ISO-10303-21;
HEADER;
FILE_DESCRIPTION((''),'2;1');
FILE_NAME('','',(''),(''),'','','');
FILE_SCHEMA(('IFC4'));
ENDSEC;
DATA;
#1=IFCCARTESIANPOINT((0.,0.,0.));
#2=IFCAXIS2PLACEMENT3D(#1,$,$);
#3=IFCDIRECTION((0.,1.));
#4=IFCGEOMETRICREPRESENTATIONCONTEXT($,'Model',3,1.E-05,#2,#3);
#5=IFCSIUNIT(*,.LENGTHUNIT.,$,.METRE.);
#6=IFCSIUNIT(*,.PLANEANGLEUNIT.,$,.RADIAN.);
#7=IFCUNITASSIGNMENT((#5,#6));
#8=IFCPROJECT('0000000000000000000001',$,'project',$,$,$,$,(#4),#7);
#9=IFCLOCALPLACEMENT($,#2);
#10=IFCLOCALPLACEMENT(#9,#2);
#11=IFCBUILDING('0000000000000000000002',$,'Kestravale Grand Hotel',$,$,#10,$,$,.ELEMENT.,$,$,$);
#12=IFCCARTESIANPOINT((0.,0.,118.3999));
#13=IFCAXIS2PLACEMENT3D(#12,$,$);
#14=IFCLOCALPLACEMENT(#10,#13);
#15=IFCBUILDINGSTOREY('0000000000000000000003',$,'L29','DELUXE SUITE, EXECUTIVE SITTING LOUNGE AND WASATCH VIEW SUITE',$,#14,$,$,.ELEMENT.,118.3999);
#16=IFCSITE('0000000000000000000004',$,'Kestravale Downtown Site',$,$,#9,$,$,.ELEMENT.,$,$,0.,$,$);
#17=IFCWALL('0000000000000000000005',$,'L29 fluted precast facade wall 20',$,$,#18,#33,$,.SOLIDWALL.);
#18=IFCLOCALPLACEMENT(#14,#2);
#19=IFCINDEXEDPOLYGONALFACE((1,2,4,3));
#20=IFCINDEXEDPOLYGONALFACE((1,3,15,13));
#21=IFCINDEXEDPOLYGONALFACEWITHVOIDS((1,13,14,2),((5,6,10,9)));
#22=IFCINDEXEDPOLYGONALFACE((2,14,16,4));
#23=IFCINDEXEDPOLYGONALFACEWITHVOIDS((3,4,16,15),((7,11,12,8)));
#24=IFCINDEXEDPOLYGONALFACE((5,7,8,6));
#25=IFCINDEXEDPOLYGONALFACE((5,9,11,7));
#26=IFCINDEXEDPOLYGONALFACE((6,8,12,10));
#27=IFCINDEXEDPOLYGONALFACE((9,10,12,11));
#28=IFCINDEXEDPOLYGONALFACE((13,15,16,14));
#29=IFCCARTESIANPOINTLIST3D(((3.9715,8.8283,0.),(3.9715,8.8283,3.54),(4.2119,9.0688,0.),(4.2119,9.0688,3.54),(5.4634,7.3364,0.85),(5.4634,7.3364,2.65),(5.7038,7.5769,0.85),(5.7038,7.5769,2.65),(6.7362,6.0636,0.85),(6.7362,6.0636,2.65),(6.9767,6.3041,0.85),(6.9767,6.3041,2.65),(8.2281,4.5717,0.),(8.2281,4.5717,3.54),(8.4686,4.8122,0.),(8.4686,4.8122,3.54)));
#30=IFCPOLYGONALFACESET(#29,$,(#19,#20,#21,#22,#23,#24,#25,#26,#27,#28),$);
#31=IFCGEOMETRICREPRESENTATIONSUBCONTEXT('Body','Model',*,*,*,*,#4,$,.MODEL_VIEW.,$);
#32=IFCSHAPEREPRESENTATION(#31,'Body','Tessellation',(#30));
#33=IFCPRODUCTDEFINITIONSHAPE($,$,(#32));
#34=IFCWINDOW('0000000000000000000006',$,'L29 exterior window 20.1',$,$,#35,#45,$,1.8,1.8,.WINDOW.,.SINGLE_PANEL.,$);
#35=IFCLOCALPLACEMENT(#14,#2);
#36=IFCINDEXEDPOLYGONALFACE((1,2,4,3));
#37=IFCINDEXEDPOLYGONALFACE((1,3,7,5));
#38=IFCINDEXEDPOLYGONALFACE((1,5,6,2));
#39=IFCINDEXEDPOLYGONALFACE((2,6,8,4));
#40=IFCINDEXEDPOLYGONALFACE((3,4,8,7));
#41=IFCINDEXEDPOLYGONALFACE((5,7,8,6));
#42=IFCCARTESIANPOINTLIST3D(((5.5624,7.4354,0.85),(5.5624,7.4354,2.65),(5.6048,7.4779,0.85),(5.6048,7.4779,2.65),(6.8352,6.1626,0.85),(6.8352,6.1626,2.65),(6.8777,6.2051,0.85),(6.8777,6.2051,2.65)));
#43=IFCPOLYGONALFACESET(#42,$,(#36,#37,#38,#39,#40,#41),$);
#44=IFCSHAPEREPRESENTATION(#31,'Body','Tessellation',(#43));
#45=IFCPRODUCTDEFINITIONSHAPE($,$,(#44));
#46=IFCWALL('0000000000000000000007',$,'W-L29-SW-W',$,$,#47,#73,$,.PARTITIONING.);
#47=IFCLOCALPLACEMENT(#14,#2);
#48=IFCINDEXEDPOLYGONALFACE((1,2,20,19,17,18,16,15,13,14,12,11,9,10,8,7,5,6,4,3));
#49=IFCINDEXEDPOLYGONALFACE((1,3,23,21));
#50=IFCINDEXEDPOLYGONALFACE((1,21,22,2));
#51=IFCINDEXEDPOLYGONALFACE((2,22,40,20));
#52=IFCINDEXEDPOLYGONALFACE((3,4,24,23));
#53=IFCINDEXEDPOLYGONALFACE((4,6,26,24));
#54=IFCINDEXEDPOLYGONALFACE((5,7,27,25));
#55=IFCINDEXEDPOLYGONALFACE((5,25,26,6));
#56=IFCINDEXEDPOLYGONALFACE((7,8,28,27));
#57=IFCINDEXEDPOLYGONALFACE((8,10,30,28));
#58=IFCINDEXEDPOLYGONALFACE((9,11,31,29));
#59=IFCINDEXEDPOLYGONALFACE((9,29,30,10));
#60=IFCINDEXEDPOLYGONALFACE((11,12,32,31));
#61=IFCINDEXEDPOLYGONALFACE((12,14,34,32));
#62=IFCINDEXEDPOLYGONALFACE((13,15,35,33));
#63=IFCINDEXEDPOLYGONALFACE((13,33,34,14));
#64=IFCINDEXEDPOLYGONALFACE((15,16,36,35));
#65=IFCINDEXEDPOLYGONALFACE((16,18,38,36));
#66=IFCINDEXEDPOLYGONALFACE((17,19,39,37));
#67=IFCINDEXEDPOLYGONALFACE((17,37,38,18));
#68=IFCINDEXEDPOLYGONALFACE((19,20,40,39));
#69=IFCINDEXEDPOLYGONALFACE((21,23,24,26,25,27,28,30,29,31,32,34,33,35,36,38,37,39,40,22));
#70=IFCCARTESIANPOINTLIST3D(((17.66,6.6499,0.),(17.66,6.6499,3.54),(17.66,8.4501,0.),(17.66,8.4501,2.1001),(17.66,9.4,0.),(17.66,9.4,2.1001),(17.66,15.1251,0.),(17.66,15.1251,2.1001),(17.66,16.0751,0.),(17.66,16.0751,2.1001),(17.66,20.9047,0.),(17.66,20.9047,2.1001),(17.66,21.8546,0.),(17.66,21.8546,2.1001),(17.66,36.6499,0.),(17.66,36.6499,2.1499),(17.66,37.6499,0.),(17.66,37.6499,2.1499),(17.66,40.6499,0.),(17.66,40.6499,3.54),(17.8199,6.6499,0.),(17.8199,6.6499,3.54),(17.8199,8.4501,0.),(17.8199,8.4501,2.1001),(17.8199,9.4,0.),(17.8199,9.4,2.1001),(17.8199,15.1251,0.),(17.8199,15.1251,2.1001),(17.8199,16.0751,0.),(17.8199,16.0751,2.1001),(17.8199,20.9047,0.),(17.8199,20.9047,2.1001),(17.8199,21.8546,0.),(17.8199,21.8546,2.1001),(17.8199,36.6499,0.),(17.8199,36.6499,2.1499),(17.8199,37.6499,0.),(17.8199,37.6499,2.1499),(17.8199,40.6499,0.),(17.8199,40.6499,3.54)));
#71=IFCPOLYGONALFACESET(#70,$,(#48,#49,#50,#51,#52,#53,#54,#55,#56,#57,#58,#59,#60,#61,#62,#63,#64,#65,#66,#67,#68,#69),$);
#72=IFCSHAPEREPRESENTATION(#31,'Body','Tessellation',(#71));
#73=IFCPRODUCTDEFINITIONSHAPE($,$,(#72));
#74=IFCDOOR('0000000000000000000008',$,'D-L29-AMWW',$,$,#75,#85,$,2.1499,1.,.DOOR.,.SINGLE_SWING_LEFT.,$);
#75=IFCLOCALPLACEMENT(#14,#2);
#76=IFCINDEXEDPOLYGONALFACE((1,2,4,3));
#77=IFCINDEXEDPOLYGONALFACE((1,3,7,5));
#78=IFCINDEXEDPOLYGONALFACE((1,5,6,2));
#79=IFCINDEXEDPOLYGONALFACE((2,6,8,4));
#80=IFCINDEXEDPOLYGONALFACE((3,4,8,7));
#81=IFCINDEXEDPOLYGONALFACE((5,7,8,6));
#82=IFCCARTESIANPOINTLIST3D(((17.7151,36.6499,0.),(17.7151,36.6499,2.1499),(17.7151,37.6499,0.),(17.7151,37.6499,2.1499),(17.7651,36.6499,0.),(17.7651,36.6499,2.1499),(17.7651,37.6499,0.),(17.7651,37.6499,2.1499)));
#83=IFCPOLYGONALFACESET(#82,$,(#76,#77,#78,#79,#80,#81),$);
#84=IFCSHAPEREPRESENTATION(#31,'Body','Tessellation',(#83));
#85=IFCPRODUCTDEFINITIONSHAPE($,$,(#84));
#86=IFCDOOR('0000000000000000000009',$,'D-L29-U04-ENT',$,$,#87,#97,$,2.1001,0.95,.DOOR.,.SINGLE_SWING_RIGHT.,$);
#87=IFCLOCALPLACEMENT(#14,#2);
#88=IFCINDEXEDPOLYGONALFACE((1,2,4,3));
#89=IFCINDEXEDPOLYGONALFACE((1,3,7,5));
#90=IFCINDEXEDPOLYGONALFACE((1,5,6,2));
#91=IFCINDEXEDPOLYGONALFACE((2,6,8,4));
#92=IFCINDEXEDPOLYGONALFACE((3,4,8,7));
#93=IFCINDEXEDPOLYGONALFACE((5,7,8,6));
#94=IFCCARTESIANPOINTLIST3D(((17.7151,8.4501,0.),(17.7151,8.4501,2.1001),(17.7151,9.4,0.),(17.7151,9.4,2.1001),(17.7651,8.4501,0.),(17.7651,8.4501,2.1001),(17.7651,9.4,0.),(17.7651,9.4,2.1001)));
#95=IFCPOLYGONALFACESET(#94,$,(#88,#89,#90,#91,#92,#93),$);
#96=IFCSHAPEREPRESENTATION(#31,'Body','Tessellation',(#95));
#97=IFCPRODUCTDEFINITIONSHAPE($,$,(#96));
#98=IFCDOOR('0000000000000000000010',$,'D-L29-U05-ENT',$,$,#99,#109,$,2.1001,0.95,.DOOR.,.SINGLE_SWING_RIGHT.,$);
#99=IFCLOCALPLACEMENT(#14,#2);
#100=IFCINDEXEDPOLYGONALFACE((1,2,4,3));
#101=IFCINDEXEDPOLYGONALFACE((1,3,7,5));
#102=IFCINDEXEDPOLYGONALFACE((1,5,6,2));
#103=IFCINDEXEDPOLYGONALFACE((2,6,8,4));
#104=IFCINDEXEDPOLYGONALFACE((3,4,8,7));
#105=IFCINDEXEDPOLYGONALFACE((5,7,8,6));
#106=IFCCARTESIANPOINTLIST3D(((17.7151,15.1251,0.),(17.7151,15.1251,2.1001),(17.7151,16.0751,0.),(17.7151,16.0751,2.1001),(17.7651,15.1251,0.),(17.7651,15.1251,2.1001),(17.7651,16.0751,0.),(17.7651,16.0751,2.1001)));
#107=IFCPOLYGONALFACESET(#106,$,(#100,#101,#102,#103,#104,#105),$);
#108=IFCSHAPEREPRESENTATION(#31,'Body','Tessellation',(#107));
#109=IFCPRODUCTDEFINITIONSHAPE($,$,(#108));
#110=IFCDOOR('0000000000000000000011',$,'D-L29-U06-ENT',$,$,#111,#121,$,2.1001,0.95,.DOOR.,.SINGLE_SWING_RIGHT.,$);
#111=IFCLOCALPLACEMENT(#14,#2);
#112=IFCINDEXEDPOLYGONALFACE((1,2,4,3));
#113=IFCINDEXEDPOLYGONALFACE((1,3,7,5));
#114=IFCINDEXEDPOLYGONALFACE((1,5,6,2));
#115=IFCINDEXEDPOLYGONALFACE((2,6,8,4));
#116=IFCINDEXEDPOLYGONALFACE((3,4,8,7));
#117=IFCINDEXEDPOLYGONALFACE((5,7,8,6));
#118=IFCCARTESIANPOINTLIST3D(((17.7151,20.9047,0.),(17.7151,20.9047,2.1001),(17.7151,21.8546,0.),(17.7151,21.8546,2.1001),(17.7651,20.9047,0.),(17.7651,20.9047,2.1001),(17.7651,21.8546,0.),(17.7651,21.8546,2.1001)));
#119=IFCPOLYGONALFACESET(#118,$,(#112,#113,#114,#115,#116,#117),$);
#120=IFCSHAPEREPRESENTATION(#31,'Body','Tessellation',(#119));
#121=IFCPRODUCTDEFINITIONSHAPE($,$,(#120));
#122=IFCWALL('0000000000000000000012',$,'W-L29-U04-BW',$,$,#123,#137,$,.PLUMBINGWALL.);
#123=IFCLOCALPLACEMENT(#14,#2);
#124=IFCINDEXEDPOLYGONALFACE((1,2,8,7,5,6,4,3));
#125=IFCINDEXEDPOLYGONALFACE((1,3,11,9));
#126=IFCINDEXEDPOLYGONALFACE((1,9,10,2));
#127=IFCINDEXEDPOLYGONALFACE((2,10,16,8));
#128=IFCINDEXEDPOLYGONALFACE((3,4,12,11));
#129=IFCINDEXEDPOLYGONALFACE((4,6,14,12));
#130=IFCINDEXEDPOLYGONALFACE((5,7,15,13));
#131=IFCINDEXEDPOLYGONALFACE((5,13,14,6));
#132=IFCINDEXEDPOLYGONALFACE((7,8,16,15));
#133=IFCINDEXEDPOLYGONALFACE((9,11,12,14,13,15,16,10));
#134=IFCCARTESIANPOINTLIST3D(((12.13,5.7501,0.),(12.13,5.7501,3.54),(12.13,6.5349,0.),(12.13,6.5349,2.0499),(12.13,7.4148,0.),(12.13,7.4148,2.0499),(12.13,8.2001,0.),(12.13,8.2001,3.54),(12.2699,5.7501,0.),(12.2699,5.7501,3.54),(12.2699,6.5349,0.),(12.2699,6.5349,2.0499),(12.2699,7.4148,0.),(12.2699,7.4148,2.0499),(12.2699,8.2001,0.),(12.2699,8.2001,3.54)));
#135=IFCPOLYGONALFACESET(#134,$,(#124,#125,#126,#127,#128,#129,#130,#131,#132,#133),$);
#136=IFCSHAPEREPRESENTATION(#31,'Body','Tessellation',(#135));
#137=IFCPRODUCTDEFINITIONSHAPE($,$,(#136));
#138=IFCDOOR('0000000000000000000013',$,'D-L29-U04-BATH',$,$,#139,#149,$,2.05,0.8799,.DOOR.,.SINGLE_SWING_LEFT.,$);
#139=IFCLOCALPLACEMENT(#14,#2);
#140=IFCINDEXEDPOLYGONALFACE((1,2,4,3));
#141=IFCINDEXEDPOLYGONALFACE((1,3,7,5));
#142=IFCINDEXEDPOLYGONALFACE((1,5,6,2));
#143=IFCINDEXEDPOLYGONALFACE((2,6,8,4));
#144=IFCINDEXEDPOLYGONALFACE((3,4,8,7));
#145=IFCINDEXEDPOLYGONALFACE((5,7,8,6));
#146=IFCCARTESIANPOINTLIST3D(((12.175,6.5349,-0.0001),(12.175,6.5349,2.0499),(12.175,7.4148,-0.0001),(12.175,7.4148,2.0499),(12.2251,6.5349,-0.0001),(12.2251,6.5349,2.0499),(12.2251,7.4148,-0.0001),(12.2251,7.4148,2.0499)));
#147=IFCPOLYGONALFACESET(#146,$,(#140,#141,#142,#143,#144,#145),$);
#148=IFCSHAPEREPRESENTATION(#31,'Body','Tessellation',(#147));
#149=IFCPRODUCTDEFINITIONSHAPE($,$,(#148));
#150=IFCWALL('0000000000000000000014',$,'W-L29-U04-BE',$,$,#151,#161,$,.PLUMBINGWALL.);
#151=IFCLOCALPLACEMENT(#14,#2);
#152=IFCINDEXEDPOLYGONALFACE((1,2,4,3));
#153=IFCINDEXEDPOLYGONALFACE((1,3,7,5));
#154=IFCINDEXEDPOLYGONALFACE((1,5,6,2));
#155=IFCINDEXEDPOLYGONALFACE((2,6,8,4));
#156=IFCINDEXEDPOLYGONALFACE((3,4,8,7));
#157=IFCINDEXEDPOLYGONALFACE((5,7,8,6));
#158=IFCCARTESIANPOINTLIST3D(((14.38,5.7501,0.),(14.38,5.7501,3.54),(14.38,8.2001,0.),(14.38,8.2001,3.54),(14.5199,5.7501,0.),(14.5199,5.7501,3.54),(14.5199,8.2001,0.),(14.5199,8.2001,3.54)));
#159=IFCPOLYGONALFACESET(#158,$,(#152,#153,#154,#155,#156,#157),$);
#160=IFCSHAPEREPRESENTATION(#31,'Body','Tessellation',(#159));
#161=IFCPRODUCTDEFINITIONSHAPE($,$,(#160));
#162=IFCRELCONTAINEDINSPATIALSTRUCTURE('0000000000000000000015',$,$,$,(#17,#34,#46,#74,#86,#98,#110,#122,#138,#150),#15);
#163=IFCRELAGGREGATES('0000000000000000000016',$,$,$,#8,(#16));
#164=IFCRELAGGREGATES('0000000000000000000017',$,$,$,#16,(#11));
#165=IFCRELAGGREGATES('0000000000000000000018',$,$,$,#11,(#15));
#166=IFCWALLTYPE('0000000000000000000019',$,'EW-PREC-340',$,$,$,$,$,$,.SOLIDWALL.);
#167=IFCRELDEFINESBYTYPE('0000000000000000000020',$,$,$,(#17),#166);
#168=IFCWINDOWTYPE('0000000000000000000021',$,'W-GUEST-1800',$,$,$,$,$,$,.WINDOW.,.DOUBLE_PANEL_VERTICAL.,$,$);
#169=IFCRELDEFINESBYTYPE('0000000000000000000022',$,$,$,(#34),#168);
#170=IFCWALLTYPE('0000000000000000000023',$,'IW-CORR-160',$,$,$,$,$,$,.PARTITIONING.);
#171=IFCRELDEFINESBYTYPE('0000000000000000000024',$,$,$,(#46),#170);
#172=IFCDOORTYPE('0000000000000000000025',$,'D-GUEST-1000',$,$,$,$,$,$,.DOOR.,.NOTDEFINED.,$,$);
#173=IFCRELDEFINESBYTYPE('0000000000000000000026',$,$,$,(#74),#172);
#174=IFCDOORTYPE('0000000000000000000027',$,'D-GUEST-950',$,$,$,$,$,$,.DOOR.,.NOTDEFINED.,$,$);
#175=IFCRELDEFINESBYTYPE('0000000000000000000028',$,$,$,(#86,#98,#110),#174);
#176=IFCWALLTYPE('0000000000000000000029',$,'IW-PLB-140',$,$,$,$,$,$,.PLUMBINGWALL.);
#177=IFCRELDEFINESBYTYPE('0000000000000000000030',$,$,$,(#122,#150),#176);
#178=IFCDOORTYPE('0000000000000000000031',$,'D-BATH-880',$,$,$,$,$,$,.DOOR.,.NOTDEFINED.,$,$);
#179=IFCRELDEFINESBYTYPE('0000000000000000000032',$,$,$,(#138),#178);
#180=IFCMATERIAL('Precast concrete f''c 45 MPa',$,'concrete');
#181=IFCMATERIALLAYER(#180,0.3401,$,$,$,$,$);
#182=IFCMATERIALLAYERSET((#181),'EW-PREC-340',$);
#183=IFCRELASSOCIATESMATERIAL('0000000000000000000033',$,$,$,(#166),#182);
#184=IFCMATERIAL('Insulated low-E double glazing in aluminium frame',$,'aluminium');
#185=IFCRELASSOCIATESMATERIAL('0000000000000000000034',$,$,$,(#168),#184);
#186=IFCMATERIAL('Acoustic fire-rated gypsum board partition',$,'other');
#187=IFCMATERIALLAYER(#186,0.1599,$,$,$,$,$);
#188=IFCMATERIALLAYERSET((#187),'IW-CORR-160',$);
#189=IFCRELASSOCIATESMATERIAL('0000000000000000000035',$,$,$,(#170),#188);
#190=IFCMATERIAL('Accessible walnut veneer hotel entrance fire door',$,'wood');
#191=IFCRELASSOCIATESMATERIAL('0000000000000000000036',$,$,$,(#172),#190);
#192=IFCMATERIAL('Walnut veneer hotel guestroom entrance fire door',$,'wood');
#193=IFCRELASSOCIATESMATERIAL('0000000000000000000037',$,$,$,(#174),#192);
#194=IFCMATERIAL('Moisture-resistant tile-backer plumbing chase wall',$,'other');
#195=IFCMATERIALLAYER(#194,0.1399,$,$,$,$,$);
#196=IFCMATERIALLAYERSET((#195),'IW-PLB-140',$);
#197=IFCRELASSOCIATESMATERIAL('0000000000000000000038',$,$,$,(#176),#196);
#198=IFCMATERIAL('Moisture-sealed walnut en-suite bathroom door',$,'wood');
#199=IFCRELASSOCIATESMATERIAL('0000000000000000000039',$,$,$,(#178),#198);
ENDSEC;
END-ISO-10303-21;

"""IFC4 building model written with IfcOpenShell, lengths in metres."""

from ifc_helpers import new_model, si_unit, direction, frame, frame_2d, origin, place, context, subcontext, project, spatial, rectangle, extrude, material, layer, layer_set, type_object, element, fill, save


model = new_model("IFC4")

# Units and contexts
model_context = context("Model", 3, precision=1e-05, world=origin(), true_north=direction((0.0, 1.0)))
body_context = subcontext(model_context, "Body", "Model", "MODEL_VIEW")
ifc_project = project(units=[si_unit("LENGTHUNIT", "METRE"), si_unit("PLANEANGLEUNIT", "RADIAN")], contexts=[model_context])

# Site, building, storey
site_placement = place(None, origin())
site = spatial("IfcSite", under=ifc_project, at=site_placement, Name="Kestravale Downtown Site", CompositionType="ELEMENT", RefElevation=0.0)
building_placement = place(site_placement, origin())
building = spatial("IfcBuilding", under=site, at=building_placement, Name="Kestravale Grand Hotel", CompositionType="ELEMENT")
storey_placement = place(building_placement, frame((0.0, 0.0, 118.3999)))
storey = spatial("IfcBuildingStorey", under=building, at=storey_placement, Name="L29", Description="DELUXE SUITE, EXECUTIVE SITTING LOUNGE AND WASATCH VIEW SUITE", CompositionType="ELEMENT", Elevation=118.3999)

# Wall, opening, window
ifc_material_1 = material(Name="Precast concrete f'c 45 MPa", Category="concrete")
ifc_layer_1 = layer(ifc_material_1, 0.3401)
ifc_layer_set_1 = layer_set([ifc_layer_1], Name="EW-PREC-340")
wall_type_1 = type_object("IfcWallType", Name="EW-PREC-340", PredefinedType="SOLIDWALL", material=ifc_layer_set_1)
ifc_material_2 = material(Name="Insulated low-E double glazing in aluminium frame", Category="aluminium")
window_type = type_object("IfcWindowType", Name="W-GUEST-1800", PartitioningType="DOUBLE_PANEL_VERTICAL", PredefinedType="WINDOW", material=ifc_material_2)
wall_1_placement = place(storey_placement, frame((4.0918, 8.9485, 0.0), z_axis=(0.0, 0.0, 1.0), x_axis=(0.707107, -0.707107, 0.0)))
wall_1 = element("IfcWall", 1, at=wall_1_placement, inside=storey, type_object=wall_type_1, Name="L29 fluted precast facade wall 20", PredefinedType="SOLIDWALL", context=body_context, shape_type="SweptSolid", body=[
    extrude(rectangle(XDim=6.0198, YDim=0.3401, at=frame_2d((3.0098, 0.0))), origin(), (0.0, 0.0, 1.0), 3.54),
])
opening_1_placement = place(wall_1_placement, frame((2.1099, 0.0, 0.8501)))
opening_1 = element("IfcOpeningElement", 2, at=opening_1_placement, cuts=wall_1, PredefinedType="OPENING", context=body_context, shape_type="SweptSolid", body=[
    extrude(rectangle(XDim=1.8, YDim=1.8, at=frame_2d((0.8999, 0.8999))), frame((0.0, 0.1799, 0.0), z_axis=(0.0, -1.0, 0.0), x_axis=(1.0, 0.0, 0.0)), (0.0, 0.0, 1.0), 0.3601),
])
window_1_placement = place(opening_1_placement, origin())
window_1 = element("IfcWindow", 3, at=window_1_placement, inside=storey, type_object=window_type, Name="L29 exterior window 20.1", OverallHeight=1.8, OverallWidth=1.8, PartitioningType="SINGLE_PANEL", PredefinedType="WINDOW", context=body_context, shape_type="SweptSolid", body=[
    extrude(rectangle(XDim=1.8, YDim=1.8, at=frame_2d((0.8999, 0.8999))), frame((0.0, 0.03, 0.0), z_axis=(0.0, -1.0, 0.0), x_axis=(1.0, 0.0, 0.0)), (0.0, 0.0, 1.0), 0.0601),
])
fill(opening_1, window_1)

# Wall, openings, doors
ifc_material_3 = material(Name="Acoustic fire-rated gypsum board partition", Category="other")
ifc_layer_2 = layer(ifc_material_3, 0.1599)
ifc_layer_set_2 = layer_set([ifc_layer_2], Name="IW-CORR-160")
wall_type_2 = type_object("IfcWallType", Name="IW-CORR-160", PredefinedType="PARTITIONING", material=ifc_layer_set_2)
wall_2_placement = place(storey_placement, frame((17.74, 6.6499, 0.0), z_axis=(0.0, 0.0, 1.0), x_axis=(0.0, 1.0, 0.0)))
wall_2 = element("IfcWall", 4, at=wall_2_placement, inside=storey, type_object=wall_type_2, Name="W-L29-SW-W", PredefinedType="PARTITIONING", context=body_context, shape_type="SweptSolid", body=[
    extrude(rectangle(XDim=34.0, YDim=0.1599, at=frame_2d((17.0, 0.0))), origin(), (0.0, 0.0, 1.0), 3.54),
])
opening_2_placement = place(wall_2_placement, frame((1.8, 0.0, 0.0)))
opening_2 = element("IfcOpeningElement", 5, at=opening_2_placement, cuts=wall_2, PredefinedType="OPENING", context=body_context, shape_type="SweptSolid", body=[
    extrude(rectangle(XDim=0.95, YDim=2.1001, at=frame_2d((0.4751, 1.05))), frame((0.0, 0.0898, 0.0), z_axis=(0.0, -1.0, 0.0), x_axis=(1.0, 0.0, 0.0)), (0.0, 0.0, 1.0), 0.1799),
])
opening_3_placement = place(wall_2_placement, frame((8.4751, 0.0, 0.0)))
opening_3 = element("IfcOpeningElement", 6, at=opening_3_placement, cuts=wall_2, PredefinedType="OPENING", context=body_context, shape_type="SweptSolid", body=[
    extrude(rectangle(XDim=0.95, YDim=2.1001, at=frame_2d((0.4751, 1.05))), frame((0.0, 0.0898, 0.0), z_axis=(0.0, -1.0, 0.0), x_axis=(1.0, 0.0, 0.0)), (0.0, 0.0, 1.0), 0.1799),
])
opening_4_placement = place(wall_2_placement, frame((14.2546, 0.0, 0.0)))
opening_4 = element("IfcOpeningElement", 7, at=opening_4_placement, cuts=wall_2, PredefinedType="OPENING", context=body_context, shape_type="SweptSolid", body=[
    extrude(rectangle(XDim=0.95, YDim=2.1001, at=frame_2d((0.4751, 1.05))), frame((0.0, 0.0898, 0.0), z_axis=(0.0, -1.0, 0.0), x_axis=(1.0, 0.0, 0.0)), (0.0, 0.0, 1.0), 0.1799),
])
opening_5_placement = place(wall_2_placement, frame((30.0, 0.0, 0.0)))
opening_5 = element("IfcOpeningElement", 8, at=opening_5_placement, cuts=wall_2, PredefinedType="OPENING", context=body_context, shape_type="SweptSolid", body=[
    extrude(rectangle(XDim=1.0, YDim=2.1499, at=frame_2d((0.5, 1.075))), frame((0.0, 0.0898, 0.0), z_axis=(0.0, -1.0, 0.0), x_axis=(1.0, 0.0, 0.0)), (0.0, 0.0, 1.0), 0.1799),
])
ifc_material_4 = material(Name="Accessible walnut veneer hotel entrance fire door", Category="wood")
door_type_1 = type_object("IfcDoorType", Name="D-GUEST-1000", OperationType="NOTDEFINED", PredefinedType="DOOR", material=ifc_material_4)
door_1_placement = place(opening_5_placement, origin())
door_1 = element("IfcDoor", 9, at=door_1_placement, inside=storey, type_object=door_type_1, Name="D-L29-AMWW", OperationType="SINGLE_SWING_LEFT", OverallHeight=2.1499, OverallWidth=1.0, PredefinedType="DOOR", context=body_context, shape_type="SweptSolid", body=[
    extrude(rectangle(XDim=1.0, YDim=2.1499, at=frame_2d((0.5, 1.075))), frame((0.0, 0.0249, 0.0), z_axis=(0.0, -1.0, 0.0), x_axis=(1.0, 0.0, 0.0)), (0.0, 0.0, 1.0), 0.05),
])
fill(opening_5, door_1)
ifc_material_5 = material(Name="Walnut veneer hotel guestroom entrance fire door", Category="wood")
door_type_2 = type_object("IfcDoorType", Name="D-GUEST-950", OperationType="NOTDEFINED", PredefinedType="DOOR", material=ifc_material_5)
door_2_placement = place(opening_2_placement, origin())
door_2 = element("IfcDoor", 10, at=door_2_placement, inside=storey, type_object=door_type_2, Name="D-L29-U04-ENT", OperationType="SINGLE_SWING_RIGHT", OverallHeight=2.1001, OverallWidth=0.95, PredefinedType="DOOR", context=body_context, shape_type="SweptSolid", body=[
    extrude(rectangle(XDim=0.95, YDim=2.1001, at=frame_2d((0.4751, 1.05))), frame((0.0, 0.0249, 0.0), z_axis=(0.0, -1.0, 0.0), x_axis=(1.0, 0.0, 0.0)), (0.0, 0.0, 1.0), 0.05),
])
fill(opening_2, door_2)
door_3_placement = place(opening_3_placement, origin())
door_3 = element("IfcDoor", 11, at=door_3_placement, inside=storey, type_object=door_type_2, Name="D-L29-U05-ENT", OperationType="SINGLE_SWING_RIGHT", OverallHeight=2.1001, OverallWidth=0.95, PredefinedType="DOOR", context=body_context, shape_type="SweptSolid", body=[
    extrude(rectangle(XDim=0.95, YDim=2.1001, at=frame_2d((0.4751, 1.05))), frame((0.0, 0.0249, 0.0), z_axis=(0.0, -1.0, 0.0), x_axis=(1.0, 0.0, 0.0)), (0.0, 0.0, 1.0), 0.05),
])
fill(opening_3, door_3)
door_4_placement = place(opening_4_placement, origin())
door_4 = element("IfcDoor", 12, at=door_4_placement, inside=storey, type_object=door_type_2, Name="D-L29-U06-ENT", OperationType="SINGLE_SWING_RIGHT", OverallHeight=2.1001, OverallWidth=0.95, PredefinedType="DOOR", context=body_context, shape_type="SweptSolid", body=[
    extrude(rectangle(XDim=0.95, YDim=2.1001, at=frame_2d((0.4751, 1.05))), frame((0.0, 0.0249, 0.0), z_axis=(0.0, -1.0, 0.0), x_axis=(1.0, 0.0, 0.0)), (0.0, 0.0, 1.0), 0.05),
])
fill(opening_4, door_4)

# Wall, opening, door
ifc_material_6 = material(Name="Moisture-resistant tile-backer plumbing chase wall", Category="other")
ifc_layer_3 = layer(ifc_material_6, 0.1399)
ifc_layer_set_3 = layer_set([ifc_layer_3], Name="IW-PLB-140")
wall_type_3 = type_object("IfcWallType", Name="IW-PLB-140", PredefinedType="PLUMBINGWALL", material=ifc_layer_set_3)
wall_3_placement = place(storey_placement, frame((12.2, 5.75, 0.0), z_axis=(0.0, 0.0, 1.0), x_axis=(0.0, 1.0, 0.0)))
wall_3 = element("IfcWall", 13, at=wall_3_placement, inside=storey, type_object=wall_type_3, Name="W-L29-U04-BW", PredefinedType="PLUMBINGWALL", context=body_context, shape_type="SweptSolid", body=[
    extrude(rectangle(XDim=2.45, YDim=0.1399, at=frame_2d((1.2251, 0.0))), origin(), (0.0, 0.0, 1.0), 3.54),
])
opening_6_placement = place(wall_3_placement, frame((0.7849, 0.0, 0.0)))
opening_6 = element("IfcOpeningElement", 14, at=opening_6_placement, cuts=wall_3, PredefinedType="OPENING", context=body_context, shape_type="SweptSolid", body=[
    extrude(rectangle(XDim=0.8799, YDim=2.05, at=frame_2d((0.4399, 1.0249))), frame((0.0, 0.0798, 0.0), z_axis=(0.0, -1.0, 0.0), x_axis=(1.0, 0.0, 0.0)), (0.0, 0.0, 1.0), 0.1599),
])
ifc_material_7 = material(Name="Moisture-sealed walnut en-suite bathroom door", Category="wood")
door_type_3 = type_object("IfcDoorType", Name="D-BATH-880", OperationType="NOTDEFINED", PredefinedType="DOOR", material=ifc_material_7)
door_5_placement = place(opening_6_placement, origin())
door_5 = element("IfcDoor", 15, at=door_5_placement, inside=storey, type_object=door_type_3, Name="D-L29-U04-BATH", OperationType="SINGLE_SWING_LEFT", OverallHeight=2.05, OverallWidth=0.8799, PredefinedType="DOOR", context=body_context, shape_type="SweptSolid", body=[
    extrude(rectangle(XDim=0.8799, YDim=2.05, at=frame_2d((0.4399, 1.0249))), frame((0.0, 0.0249, 0.0), z_axis=(0.0, -1.0, 0.0), x_axis=(1.0, 0.0, 0.0)), (0.0, 0.0, 1.0), 0.05),
])
fill(opening_6, door_5)

# Wall
wall_4_placement = place(storey_placement, frame((14.45, 5.75, 0.0), z_axis=(0.0, 0.0, 1.0), x_axis=(0.0, 1.0, 0.0)))
element("IfcWall", 16, at=wall_4_placement, inside=storey, type_object=wall_type_3, Name="W-L29-U04-BE", PredefinedType="PLUMBINGWALL", context=body_context, shape_type="SweptSolid", body=[
    extrude(rectangle(XDim=2.45, YDim=0.1399, at=frame_2d((1.2251, 0.0))), origin(), (0.0, 0.0, 1.0), 3.54),
])

save(model, "model.ifc")
